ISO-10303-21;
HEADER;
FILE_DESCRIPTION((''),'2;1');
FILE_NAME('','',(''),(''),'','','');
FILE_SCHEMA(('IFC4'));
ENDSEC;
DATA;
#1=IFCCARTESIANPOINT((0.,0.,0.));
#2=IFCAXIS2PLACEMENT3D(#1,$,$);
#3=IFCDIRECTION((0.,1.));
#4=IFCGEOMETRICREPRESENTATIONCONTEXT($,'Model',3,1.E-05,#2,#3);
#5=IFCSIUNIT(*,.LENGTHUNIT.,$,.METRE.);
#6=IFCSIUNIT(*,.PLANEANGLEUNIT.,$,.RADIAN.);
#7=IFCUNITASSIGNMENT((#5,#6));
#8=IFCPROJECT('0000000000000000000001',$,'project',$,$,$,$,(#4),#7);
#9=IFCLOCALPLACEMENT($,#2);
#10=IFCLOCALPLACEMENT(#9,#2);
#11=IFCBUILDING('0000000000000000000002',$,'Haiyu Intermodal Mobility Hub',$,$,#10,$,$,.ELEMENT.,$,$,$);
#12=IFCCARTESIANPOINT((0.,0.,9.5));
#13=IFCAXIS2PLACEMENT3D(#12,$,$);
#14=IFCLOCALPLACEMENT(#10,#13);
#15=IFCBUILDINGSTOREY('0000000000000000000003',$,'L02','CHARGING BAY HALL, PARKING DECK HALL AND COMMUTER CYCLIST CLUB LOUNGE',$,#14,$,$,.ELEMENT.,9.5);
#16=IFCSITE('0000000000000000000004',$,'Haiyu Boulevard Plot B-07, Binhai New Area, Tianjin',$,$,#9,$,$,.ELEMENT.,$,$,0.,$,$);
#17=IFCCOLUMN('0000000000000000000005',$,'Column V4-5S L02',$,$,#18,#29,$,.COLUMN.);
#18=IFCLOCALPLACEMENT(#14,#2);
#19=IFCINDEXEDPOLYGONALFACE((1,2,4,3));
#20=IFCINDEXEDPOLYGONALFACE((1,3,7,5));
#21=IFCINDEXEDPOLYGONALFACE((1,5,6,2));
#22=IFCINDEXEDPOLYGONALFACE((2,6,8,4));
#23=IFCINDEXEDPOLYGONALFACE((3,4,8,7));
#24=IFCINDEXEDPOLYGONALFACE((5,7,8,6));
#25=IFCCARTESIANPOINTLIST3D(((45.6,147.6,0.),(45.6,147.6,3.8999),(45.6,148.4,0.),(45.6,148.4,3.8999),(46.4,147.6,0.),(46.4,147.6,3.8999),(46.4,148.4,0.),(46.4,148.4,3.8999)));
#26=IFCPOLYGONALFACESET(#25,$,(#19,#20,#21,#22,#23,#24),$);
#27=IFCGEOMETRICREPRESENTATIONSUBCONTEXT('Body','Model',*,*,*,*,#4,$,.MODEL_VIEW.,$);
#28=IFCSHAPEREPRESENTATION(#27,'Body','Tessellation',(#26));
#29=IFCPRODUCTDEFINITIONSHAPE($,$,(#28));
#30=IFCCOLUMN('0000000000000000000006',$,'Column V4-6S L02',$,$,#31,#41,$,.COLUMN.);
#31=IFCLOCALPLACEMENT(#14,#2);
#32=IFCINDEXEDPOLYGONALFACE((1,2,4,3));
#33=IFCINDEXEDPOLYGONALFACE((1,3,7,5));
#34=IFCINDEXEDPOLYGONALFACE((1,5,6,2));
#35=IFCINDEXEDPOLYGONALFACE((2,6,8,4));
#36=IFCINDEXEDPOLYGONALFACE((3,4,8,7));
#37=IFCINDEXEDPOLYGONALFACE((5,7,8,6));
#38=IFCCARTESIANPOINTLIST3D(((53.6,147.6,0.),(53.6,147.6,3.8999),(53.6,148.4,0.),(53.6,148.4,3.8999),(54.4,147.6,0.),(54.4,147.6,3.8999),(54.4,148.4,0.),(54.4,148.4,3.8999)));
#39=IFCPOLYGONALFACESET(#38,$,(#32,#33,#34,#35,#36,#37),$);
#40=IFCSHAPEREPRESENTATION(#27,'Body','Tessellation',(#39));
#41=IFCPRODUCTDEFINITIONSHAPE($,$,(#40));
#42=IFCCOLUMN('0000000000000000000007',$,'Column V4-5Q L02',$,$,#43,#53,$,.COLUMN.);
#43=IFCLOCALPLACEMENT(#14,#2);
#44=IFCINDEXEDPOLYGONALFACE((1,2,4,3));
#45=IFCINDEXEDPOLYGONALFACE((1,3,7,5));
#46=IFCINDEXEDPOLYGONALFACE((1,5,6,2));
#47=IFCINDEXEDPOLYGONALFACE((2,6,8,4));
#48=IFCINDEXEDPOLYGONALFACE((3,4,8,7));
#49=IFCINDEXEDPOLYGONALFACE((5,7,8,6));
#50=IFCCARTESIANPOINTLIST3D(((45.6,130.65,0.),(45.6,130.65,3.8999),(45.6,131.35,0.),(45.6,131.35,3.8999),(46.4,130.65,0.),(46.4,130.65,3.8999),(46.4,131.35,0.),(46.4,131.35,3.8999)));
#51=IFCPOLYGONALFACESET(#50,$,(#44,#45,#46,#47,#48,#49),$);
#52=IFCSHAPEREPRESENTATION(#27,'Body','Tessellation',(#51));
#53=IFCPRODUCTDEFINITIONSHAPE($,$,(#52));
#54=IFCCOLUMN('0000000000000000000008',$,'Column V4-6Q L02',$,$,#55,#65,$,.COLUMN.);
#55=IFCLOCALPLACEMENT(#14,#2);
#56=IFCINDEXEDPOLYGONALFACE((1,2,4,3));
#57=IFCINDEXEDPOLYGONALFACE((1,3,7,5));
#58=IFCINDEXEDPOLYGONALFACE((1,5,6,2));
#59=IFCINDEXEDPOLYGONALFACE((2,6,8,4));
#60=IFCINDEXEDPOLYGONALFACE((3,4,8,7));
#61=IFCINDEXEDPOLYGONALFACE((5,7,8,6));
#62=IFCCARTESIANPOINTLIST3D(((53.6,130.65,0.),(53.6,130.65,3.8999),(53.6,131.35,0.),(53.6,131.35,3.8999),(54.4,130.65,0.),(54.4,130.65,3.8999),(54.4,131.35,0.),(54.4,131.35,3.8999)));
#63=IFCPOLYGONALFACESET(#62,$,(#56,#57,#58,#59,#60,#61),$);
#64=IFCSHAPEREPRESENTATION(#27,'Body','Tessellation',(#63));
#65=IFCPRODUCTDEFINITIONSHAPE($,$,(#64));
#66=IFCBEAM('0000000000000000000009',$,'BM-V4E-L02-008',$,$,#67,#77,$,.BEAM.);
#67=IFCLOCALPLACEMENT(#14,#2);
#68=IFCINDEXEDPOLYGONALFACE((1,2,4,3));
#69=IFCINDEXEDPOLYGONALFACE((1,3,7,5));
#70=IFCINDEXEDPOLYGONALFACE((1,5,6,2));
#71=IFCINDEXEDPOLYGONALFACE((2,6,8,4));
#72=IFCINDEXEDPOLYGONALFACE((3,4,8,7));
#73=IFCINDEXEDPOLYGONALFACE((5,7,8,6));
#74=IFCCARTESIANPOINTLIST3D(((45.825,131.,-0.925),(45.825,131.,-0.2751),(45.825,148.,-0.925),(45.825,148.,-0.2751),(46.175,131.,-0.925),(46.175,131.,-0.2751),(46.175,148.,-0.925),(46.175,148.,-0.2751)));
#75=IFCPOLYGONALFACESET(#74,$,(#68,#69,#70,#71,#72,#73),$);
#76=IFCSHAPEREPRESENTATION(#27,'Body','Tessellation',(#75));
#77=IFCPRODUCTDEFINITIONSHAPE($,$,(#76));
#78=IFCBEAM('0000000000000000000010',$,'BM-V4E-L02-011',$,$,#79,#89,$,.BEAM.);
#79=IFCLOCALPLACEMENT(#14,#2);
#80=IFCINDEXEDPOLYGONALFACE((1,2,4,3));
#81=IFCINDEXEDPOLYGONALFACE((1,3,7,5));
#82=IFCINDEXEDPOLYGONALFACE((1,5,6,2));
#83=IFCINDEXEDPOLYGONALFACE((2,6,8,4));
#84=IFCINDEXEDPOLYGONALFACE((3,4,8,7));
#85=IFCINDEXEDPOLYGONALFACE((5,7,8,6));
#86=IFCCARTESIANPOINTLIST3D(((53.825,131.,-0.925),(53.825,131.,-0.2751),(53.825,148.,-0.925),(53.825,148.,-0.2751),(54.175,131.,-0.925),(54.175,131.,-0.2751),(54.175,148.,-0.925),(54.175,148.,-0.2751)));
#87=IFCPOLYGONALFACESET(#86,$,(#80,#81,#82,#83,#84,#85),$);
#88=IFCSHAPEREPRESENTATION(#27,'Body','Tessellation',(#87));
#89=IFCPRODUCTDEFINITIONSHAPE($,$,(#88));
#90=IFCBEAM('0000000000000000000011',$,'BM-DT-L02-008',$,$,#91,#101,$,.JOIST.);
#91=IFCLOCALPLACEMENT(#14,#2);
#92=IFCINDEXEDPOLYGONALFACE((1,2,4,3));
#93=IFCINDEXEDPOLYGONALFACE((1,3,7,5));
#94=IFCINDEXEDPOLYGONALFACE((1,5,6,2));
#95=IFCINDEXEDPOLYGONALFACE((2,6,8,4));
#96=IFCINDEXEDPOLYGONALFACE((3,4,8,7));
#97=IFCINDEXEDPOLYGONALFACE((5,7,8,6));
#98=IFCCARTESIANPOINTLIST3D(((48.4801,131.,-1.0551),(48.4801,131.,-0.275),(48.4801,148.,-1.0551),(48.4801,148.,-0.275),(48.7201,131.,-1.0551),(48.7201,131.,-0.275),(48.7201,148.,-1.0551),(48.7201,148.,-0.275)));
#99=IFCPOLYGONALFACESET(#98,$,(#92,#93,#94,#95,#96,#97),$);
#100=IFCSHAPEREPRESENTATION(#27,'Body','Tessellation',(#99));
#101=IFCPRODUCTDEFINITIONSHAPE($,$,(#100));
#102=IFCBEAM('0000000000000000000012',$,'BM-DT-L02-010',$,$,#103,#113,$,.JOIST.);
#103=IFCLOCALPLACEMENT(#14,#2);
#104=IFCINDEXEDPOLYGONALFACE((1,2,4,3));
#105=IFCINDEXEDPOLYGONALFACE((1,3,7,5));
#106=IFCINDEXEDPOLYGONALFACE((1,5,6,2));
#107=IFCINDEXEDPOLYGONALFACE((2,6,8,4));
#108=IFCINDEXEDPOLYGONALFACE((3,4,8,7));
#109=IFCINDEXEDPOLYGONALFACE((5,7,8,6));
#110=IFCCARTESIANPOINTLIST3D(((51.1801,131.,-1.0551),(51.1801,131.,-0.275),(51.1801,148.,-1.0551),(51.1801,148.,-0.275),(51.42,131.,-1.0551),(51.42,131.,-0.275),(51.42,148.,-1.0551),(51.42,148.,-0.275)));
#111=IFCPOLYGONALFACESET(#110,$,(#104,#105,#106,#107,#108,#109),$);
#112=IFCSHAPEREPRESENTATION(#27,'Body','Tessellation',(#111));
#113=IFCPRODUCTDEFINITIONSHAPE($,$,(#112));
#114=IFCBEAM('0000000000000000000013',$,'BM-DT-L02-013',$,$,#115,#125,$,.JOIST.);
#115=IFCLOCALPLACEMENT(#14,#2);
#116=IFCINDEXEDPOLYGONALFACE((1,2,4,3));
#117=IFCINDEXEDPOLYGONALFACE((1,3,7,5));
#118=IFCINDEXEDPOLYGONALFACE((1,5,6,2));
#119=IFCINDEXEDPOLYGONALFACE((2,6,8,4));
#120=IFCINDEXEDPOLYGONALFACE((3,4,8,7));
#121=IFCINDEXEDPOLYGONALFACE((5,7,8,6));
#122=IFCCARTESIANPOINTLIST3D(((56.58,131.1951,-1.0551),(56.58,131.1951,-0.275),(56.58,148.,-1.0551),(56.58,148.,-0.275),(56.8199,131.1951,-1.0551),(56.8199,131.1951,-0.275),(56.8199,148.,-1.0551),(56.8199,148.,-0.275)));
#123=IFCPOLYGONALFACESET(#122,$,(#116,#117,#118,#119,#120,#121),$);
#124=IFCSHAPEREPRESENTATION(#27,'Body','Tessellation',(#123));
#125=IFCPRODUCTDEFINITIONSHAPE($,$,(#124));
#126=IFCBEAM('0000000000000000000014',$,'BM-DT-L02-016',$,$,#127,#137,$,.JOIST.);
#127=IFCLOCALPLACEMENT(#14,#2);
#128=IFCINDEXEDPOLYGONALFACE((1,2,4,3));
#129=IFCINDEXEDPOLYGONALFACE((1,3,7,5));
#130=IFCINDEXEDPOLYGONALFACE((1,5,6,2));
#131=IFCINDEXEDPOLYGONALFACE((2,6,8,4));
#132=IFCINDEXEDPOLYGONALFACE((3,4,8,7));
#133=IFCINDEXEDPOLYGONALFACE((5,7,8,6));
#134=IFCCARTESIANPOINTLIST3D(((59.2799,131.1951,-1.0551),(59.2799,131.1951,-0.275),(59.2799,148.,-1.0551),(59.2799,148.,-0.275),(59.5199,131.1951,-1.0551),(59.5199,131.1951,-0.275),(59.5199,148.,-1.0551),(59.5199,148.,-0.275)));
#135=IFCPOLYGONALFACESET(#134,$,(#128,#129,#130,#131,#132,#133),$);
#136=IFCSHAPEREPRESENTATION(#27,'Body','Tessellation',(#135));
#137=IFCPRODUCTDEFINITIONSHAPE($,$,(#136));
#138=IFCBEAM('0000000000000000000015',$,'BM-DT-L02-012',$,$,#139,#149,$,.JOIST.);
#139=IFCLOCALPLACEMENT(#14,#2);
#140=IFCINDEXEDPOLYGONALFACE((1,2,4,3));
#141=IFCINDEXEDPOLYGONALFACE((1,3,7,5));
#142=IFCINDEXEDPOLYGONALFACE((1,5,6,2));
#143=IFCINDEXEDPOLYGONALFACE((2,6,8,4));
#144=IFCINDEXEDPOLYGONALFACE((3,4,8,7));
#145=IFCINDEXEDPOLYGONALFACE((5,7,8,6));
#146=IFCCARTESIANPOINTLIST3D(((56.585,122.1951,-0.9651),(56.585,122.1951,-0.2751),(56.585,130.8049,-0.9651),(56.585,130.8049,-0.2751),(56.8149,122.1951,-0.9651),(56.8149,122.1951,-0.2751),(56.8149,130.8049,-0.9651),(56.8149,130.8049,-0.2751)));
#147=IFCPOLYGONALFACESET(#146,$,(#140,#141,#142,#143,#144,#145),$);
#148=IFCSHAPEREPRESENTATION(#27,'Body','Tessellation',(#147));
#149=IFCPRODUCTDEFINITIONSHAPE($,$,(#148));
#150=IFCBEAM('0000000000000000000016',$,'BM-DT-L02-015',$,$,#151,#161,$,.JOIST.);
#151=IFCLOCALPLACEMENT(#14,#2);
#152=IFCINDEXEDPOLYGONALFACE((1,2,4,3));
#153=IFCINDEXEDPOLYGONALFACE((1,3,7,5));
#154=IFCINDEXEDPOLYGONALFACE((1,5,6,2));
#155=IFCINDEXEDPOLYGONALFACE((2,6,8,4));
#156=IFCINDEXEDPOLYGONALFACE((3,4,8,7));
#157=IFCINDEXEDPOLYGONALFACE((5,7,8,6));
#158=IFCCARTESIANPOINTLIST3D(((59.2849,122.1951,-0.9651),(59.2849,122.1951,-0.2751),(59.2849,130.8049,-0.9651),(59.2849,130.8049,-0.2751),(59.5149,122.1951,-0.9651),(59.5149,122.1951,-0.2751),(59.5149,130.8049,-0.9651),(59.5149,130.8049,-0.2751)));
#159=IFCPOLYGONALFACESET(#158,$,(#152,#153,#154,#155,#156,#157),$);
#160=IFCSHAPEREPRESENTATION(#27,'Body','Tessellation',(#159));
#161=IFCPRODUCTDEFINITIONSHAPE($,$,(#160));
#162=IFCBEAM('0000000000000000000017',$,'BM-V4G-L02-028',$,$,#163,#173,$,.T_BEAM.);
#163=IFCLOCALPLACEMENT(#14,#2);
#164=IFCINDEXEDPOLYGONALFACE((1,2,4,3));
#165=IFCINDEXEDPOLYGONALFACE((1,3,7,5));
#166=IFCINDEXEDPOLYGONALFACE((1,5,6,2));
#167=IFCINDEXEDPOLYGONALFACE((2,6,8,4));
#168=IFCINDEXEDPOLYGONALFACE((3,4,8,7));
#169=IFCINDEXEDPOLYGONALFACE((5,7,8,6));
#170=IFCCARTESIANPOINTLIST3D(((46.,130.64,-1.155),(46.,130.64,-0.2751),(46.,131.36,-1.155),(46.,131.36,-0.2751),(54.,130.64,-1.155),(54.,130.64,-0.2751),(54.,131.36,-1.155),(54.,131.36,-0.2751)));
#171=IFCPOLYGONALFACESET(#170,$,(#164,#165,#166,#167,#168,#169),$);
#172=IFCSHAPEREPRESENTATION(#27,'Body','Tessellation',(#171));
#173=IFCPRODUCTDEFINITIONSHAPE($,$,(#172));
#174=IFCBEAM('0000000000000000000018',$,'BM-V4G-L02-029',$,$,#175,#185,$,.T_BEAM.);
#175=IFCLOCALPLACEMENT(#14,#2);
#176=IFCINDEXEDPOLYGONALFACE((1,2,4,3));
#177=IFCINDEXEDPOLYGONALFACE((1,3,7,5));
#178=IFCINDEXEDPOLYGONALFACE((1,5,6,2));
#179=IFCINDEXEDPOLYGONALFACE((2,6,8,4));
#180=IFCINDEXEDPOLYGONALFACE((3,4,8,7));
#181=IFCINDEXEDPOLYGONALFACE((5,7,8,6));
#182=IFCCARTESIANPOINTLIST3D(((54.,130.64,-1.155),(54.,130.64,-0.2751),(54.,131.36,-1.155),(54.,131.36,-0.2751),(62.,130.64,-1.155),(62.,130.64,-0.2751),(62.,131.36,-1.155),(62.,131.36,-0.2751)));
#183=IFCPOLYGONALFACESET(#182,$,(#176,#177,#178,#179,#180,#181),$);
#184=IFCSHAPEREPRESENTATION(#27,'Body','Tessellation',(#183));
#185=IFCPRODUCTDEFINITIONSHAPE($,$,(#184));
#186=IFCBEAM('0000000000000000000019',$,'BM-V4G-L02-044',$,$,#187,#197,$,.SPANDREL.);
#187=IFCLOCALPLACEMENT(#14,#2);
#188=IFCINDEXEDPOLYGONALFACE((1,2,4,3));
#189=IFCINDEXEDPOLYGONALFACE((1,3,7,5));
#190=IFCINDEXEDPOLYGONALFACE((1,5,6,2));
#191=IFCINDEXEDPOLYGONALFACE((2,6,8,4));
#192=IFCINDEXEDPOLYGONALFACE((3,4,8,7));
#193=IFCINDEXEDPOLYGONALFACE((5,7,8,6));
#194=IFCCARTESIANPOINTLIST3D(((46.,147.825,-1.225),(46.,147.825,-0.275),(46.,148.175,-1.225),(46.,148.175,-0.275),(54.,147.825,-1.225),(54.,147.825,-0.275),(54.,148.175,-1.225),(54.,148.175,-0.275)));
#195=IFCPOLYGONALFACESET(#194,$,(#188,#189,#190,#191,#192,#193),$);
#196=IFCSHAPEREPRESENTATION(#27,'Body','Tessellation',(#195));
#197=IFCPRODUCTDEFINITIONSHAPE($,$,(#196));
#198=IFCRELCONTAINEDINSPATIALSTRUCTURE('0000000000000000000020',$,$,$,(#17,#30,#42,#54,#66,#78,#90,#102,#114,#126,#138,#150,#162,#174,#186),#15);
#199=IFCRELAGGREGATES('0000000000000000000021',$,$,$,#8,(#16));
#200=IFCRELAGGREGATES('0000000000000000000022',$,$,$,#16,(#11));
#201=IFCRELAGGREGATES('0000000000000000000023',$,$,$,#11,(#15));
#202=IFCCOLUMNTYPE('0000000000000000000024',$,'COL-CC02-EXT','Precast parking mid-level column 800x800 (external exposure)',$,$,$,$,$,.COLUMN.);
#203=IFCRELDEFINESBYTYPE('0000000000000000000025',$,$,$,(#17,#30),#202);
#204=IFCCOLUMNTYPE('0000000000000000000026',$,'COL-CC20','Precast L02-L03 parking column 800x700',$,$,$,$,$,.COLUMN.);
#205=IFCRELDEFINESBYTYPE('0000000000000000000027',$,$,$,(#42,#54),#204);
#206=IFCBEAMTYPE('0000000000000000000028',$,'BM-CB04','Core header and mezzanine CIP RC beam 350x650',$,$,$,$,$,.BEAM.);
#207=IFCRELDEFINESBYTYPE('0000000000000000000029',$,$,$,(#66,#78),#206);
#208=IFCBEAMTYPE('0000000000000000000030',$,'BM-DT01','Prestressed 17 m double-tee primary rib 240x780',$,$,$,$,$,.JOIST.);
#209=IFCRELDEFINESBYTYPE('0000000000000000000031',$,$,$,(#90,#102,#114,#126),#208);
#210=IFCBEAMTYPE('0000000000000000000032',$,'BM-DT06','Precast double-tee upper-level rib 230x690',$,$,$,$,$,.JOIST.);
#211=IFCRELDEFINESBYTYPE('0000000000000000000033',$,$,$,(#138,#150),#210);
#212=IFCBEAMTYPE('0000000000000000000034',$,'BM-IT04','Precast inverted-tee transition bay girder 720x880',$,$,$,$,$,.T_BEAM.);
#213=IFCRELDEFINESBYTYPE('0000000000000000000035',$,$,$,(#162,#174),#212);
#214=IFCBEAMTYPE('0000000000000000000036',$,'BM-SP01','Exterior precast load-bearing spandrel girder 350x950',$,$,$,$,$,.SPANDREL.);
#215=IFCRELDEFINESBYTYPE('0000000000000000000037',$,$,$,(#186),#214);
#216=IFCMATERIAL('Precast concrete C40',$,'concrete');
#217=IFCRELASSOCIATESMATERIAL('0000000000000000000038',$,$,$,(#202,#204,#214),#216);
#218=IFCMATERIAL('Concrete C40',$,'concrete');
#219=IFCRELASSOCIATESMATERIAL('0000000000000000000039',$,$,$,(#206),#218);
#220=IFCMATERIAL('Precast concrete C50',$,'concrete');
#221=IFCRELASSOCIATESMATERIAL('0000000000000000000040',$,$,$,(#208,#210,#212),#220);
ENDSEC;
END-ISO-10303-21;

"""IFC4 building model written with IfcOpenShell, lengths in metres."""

from ifc_helpers import new_model, si_unit, direction, frame, origin, origin_2d, place, context, subcontext, project, spatial, rectangle, extrude, material, material_profile, profile_set, type_object, element, save


model = new_model("IFC4")

# Units and contexts
model_context = context("Model", 3, precision=1e-05, world=origin(), true_north=direction((0.0, 1.0)))
body_context = subcontext(model_context, "Body", "Model", "MODEL_VIEW")
ifc_project = project(units=[si_unit("LENGTHUNIT", "METRE"), si_unit("PLANEANGLEUNIT", "RADIAN")], contexts=[model_context])

# Site, building, storey
site_placement = place(None, origin())
site = spatial("IfcSite", under=ifc_project, at=site_placement, Name="Haiyu Boulevard Plot B-07, Binhai New Area, Tianjin", CompositionType="ELEMENT", RefElevation=0.0)
building_placement = place(site_placement, origin())
building = spatial("IfcBuilding", under=site, at=building_placement, Name="Haiyu Intermodal Mobility Hub", CompositionType="ELEMENT")
storey_placement = place(building_placement, frame((0.0, 0.0, 9.5)))
storey = spatial("IfcBuildingStorey", under=building, at=storey_placement, Name="L02", Description="CHARGING BAY HALL, PARKING DECK HALL AND COMMUTER CYCLIST CLUB LOUNGE", CompositionType="ELEMENT", Elevation=9.5)

# Columns
ifc_material_1 = material(Name="Precast concrete C40", Category="concrete")
ifc_material_profile_1 = material_profile(ifc_material_1, rectangle(XDim=0.8, YDim=0.8, at=origin_2d()), Name="RC800x800")
ifc_profile_set_1 = profile_set([ifc_material_profile_1], Name="Precast concrete C40")
column_type_1 = type_object("IfcColumnType", Name="COL-CC02-EXT", Description="Precast parking mid-level column 800x800 (external exposure)", PredefinedType="COLUMN", material=ifc_profile_set_1)
for number, where, z_axis, x_axis, name in (
    (1, (46.0, 148.0, 0.0), (0.0, 0.0, 1.0), (1.0, 0.0, 0.0), "Column V4-5S L02"),
    (2, (54.0, 148.0, 0.0), (0.0, 0.0, 1.0), (1.0, 0.0, 0.0), "Column V4-6S L02"),
):
    element("IfcColumn", number, at=place(storey_placement, frame(where, z_axis=z_axis, x_axis=x_axis)), inside=storey, type_object=column_type_1, Name=name, PredefinedType="COLUMN", context=body_context, shape_type="SweptSolid", body=[
        extrude(rectangle(XDim=0.8, YDim=0.8, at=origin_2d()), origin(), (0.0, 0.0, 1.0), 3.8999),
    ])
ifc_material_profile_2 = material_profile(ifc_material_1, rectangle(XDim=0.8, YDim=0.7, at=origin_2d()), Name="C800x700")
ifc_profile_set_2 = profile_set([ifc_material_profile_2], Name="Precast concrete C40")
column_type_2 = type_object("IfcColumnType", Name="COL-CC20", Description="Precast L02-L03 parking column 800x700", PredefinedType="COLUMN", material=ifc_profile_set_2)
for number, where, z_axis, x_axis, name in (
    (3, (46.0, 131.0, 0.0), (0.0, 0.0, 1.0), (1.0, 0.0, 0.0), "Column V4-5Q L02"),
    (4, (54.0, 131.0, 0.0), (0.0, 0.0, 1.0), (1.0, 0.0, 0.0), "Column V4-6Q L02"),
):
    element("IfcColumn", number, at=place(storey_placement, frame(where, z_axis=z_axis, x_axis=x_axis)), inside=storey, type_object=column_type_2, Name=name, PredefinedType="COLUMN", context=body_context, shape_type="SweptSolid", body=[
        extrude(rectangle(XDim=0.8, YDim=0.7, at=origin_2d()), origin(), (0.0, 0.0, 1.0), 3.8999),
    ])

# Beams
ifc_material_2 = material(Name="Concrete C40", Category="concrete")
ifc_material_profile_3 = material_profile(ifc_material_2, rectangle(XDim=0.3501, YDim=0.6499, at=origin_2d()), Name="RCB350x650")
ifc_profile_set_3 = profile_set([ifc_material_profile_3], Name="Concrete C40")
beam_type_1 = type_object("IfcBeamType", Name="BM-CB04", Description="Core header and mezzanine CIP RC beam 350x650", PredefinedType="BEAM", material=ifc_profile_set_3)
for number, where, z_axis, x_axis, name in (
    (5, (46.0, 131.0, -0.6001), (0.0, 1.0, 0.0), (-1.0, 0.0, 0.0), "BM-V4E-L02-008"),
    (6, (54.0, 131.0, -0.6001), (0.0, 1.0, 0.0), (-1.0, 0.0, 0.0), "BM-V4E-L02-011"),
):
    element("IfcBeam", number, at=place(storey_placement, frame(where, z_axis=z_axis, x_axis=x_axis)), inside=storey, type_object=beam_type_1, Name=name, PredefinedType="BEAM", context=body_context, shape_type="SweptSolid", body=[
        extrude(rectangle(XDim=0.3501, YDim=0.6499, at=origin_2d()), origin(), (0.0, 0.0, 1.0), 17.0),
    ])
ifc_material_3 = material(Name="Precast concrete C50", Category="concrete")
ifc_material_profile_4 = material_profile(ifc_material_3, rectangle(XDim=0.24, YDim=0.78, at=origin_2d()), Name="PC240x780")
ifc_profile_set_4 = profile_set([ifc_material_profile_4], Name="Precast concrete C50")
beam_type_2 = type_object("IfcBeamType", Name="BM-DT01", Description="Prestressed 17 m double-tee primary rib 240x780", PredefinedType="JOIST", material=ifc_profile_set_4)
for number, where, z_axis, x_axis, name in (
    (7, (48.6001, 131.0, -0.665), (0.0, 1.0, 0.0), (-1.0, 0.0, 0.0), "BM-DT-L02-008"),
    (8, (51.3, 131.0, -0.665), (0.0, 1.0, 0.0), (-1.0, 0.0, 0.0), "BM-DT-L02-010"),
):
    element("IfcBeam", number, at=place(storey_placement, frame(where, z_axis=z_axis, x_axis=x_axis)), inside=storey, type_object=beam_type_2, Name=name, PredefinedType="JOIST", context=body_context, shape_type="SweptSolid", body=[
        extrude(rectangle(XDim=0.24, YDim=0.78, at=origin_2d()), origin(), (0.0, 0.0, 1.0), 17.0),
    ])
for number, where, z_axis, x_axis, name in (
    (9, (56.7, 131.1951, -0.665), (0.0, 1.0, 0.0), (-1.0, 0.0, 0.0), "BM-DT-L02-013"),
    (10, (59.3999, 131.1951, -0.665), (0.0, 1.0, 0.0), (-1.0, 0.0, 0.0), "BM-DT-L02-016"),
):
    element("IfcBeam", number, at=place(storey_placement, frame(where, z_axis=z_axis, x_axis=x_axis)), inside=storey, type_object=beam_type_2, Name=name, PredefinedType="JOIST", context=body_context, shape_type="SweptSolid", body=[
        extrude(rectangle(XDim=0.24, YDim=0.78, at=origin_2d()), origin(), (0.0, 0.0, 1.0), 16.8049),
    ])
ifc_material_profile_5 = material_profile(ifc_material_3, rectangle(XDim=0.23, YDim=0.6899, at=origin_2d()), Name="B230x690")
ifc_profile_set_5 = profile_set([ifc_material_profile_5], Name="Precast concrete C50")
beam_type_3 = type_object("IfcBeamType", Name="BM-DT06", Description="Precast double-tee upper-level rib 230x690", PredefinedType="JOIST", material=ifc_profile_set_5)
for number, where, z_axis, x_axis, name in (
    (11, (56.7, 122.1951, -0.6201), (0.0, 1.0, 0.0), (-1.0, 0.0, 0.0), "BM-DT-L02-012"),
    (12, (59.3999, 122.1951, -0.6201), (0.0, 1.0, 0.0), (-1.0, 0.0, 0.0), "BM-DT-L02-015"),
):
    element("IfcBeam", number, at=place(storey_placement, frame(where, z_axis=z_axis, x_axis=x_axis)), inside=storey, type_object=beam_type_3, Name=name, PredefinedType="JOIST", context=body_context, shape_type="SweptSolid", body=[
        extrude(rectangle(XDim=0.23, YDim=0.6899, at=origin_2d()), origin(), (0.0, 0.0, 1.0), 8.6099),
    ])
ifc_material_profile_6 = material_profile(ifc_material_3, rectangle(XDim=0.72, YDim=0.8799, at=origin_2d()), Name="B720x880")
ifc_profile_set_6 = profile_set([ifc_material_profile_6], Name="Precast concrete C50")
beam_type_4 = type_object("IfcBeamType", Name="BM-IT04", Description="Precast inverted-tee transition bay girder 720x880", PredefinedType="T_BEAM", material=ifc_profile_set_6)
for number, where, z_axis, x_axis, name in (
    (13, (46.0, 131.0, -0.7151), (1.0, 0.0, 0.0), (0.0, 1.0, 0.0), "BM-V4G-L02-028"),
    (14, (54.0, 131.0, -0.7151), (1.0, 0.0, 0.0), (0.0, 1.0, 0.0), "BM-V4G-L02-029"),
):
    element("IfcBeam", number, at=place(storey_placement, frame(where, z_axis=z_axis, x_axis=x_axis)), inside=storey, type_object=beam_type_4, Name=name, PredefinedType="T_BEAM", context=body_context, shape_type="SweptSolid", body=[
        extrude(rectangle(XDim=0.72, YDim=0.8799, at=origin_2d()), origin(), (0.0, 0.0, 1.0), 8.0),
    ])
ifc_material_profile_7 = material_profile(ifc_material_1, rectangle(XDim=0.3501, YDim=0.95, at=origin_2d()), Name="PC350x950")
ifc_profile_set_7 = profile_set([ifc_material_profile_7], Name="Precast concrete C40")
beam_type_5 = type_object("IfcBeamType", Name="BM-SP01", Description="Exterior precast load-bearing spandrel girder 350x950", PredefinedType="SPANDREL", material=ifc_profile_set_7)
for number, where, z_axis, x_axis, name in (
    (15, (46.0, 148.0, -0.75), (1.0, 0.0, 0.0), (0.0, 1.0, 0.0), "BM-V4G-L02-044"),
):
    element("IfcBeam", number, at=place(storey_placement, frame(where, z_axis=z_axis, x_axis=x_axis)), inside=storey, type_object=beam_type_5, Name=name, PredefinedType="SPANDREL", context=body_context, shape_type="SweptSolid", body=[
        extrude(rectangle(XDim=0.3501, YDim=0.95, at=origin_2d()), origin(), (0.0, 0.0, 1.0), 8.0),
    ])

save(model, "model.ifc")
